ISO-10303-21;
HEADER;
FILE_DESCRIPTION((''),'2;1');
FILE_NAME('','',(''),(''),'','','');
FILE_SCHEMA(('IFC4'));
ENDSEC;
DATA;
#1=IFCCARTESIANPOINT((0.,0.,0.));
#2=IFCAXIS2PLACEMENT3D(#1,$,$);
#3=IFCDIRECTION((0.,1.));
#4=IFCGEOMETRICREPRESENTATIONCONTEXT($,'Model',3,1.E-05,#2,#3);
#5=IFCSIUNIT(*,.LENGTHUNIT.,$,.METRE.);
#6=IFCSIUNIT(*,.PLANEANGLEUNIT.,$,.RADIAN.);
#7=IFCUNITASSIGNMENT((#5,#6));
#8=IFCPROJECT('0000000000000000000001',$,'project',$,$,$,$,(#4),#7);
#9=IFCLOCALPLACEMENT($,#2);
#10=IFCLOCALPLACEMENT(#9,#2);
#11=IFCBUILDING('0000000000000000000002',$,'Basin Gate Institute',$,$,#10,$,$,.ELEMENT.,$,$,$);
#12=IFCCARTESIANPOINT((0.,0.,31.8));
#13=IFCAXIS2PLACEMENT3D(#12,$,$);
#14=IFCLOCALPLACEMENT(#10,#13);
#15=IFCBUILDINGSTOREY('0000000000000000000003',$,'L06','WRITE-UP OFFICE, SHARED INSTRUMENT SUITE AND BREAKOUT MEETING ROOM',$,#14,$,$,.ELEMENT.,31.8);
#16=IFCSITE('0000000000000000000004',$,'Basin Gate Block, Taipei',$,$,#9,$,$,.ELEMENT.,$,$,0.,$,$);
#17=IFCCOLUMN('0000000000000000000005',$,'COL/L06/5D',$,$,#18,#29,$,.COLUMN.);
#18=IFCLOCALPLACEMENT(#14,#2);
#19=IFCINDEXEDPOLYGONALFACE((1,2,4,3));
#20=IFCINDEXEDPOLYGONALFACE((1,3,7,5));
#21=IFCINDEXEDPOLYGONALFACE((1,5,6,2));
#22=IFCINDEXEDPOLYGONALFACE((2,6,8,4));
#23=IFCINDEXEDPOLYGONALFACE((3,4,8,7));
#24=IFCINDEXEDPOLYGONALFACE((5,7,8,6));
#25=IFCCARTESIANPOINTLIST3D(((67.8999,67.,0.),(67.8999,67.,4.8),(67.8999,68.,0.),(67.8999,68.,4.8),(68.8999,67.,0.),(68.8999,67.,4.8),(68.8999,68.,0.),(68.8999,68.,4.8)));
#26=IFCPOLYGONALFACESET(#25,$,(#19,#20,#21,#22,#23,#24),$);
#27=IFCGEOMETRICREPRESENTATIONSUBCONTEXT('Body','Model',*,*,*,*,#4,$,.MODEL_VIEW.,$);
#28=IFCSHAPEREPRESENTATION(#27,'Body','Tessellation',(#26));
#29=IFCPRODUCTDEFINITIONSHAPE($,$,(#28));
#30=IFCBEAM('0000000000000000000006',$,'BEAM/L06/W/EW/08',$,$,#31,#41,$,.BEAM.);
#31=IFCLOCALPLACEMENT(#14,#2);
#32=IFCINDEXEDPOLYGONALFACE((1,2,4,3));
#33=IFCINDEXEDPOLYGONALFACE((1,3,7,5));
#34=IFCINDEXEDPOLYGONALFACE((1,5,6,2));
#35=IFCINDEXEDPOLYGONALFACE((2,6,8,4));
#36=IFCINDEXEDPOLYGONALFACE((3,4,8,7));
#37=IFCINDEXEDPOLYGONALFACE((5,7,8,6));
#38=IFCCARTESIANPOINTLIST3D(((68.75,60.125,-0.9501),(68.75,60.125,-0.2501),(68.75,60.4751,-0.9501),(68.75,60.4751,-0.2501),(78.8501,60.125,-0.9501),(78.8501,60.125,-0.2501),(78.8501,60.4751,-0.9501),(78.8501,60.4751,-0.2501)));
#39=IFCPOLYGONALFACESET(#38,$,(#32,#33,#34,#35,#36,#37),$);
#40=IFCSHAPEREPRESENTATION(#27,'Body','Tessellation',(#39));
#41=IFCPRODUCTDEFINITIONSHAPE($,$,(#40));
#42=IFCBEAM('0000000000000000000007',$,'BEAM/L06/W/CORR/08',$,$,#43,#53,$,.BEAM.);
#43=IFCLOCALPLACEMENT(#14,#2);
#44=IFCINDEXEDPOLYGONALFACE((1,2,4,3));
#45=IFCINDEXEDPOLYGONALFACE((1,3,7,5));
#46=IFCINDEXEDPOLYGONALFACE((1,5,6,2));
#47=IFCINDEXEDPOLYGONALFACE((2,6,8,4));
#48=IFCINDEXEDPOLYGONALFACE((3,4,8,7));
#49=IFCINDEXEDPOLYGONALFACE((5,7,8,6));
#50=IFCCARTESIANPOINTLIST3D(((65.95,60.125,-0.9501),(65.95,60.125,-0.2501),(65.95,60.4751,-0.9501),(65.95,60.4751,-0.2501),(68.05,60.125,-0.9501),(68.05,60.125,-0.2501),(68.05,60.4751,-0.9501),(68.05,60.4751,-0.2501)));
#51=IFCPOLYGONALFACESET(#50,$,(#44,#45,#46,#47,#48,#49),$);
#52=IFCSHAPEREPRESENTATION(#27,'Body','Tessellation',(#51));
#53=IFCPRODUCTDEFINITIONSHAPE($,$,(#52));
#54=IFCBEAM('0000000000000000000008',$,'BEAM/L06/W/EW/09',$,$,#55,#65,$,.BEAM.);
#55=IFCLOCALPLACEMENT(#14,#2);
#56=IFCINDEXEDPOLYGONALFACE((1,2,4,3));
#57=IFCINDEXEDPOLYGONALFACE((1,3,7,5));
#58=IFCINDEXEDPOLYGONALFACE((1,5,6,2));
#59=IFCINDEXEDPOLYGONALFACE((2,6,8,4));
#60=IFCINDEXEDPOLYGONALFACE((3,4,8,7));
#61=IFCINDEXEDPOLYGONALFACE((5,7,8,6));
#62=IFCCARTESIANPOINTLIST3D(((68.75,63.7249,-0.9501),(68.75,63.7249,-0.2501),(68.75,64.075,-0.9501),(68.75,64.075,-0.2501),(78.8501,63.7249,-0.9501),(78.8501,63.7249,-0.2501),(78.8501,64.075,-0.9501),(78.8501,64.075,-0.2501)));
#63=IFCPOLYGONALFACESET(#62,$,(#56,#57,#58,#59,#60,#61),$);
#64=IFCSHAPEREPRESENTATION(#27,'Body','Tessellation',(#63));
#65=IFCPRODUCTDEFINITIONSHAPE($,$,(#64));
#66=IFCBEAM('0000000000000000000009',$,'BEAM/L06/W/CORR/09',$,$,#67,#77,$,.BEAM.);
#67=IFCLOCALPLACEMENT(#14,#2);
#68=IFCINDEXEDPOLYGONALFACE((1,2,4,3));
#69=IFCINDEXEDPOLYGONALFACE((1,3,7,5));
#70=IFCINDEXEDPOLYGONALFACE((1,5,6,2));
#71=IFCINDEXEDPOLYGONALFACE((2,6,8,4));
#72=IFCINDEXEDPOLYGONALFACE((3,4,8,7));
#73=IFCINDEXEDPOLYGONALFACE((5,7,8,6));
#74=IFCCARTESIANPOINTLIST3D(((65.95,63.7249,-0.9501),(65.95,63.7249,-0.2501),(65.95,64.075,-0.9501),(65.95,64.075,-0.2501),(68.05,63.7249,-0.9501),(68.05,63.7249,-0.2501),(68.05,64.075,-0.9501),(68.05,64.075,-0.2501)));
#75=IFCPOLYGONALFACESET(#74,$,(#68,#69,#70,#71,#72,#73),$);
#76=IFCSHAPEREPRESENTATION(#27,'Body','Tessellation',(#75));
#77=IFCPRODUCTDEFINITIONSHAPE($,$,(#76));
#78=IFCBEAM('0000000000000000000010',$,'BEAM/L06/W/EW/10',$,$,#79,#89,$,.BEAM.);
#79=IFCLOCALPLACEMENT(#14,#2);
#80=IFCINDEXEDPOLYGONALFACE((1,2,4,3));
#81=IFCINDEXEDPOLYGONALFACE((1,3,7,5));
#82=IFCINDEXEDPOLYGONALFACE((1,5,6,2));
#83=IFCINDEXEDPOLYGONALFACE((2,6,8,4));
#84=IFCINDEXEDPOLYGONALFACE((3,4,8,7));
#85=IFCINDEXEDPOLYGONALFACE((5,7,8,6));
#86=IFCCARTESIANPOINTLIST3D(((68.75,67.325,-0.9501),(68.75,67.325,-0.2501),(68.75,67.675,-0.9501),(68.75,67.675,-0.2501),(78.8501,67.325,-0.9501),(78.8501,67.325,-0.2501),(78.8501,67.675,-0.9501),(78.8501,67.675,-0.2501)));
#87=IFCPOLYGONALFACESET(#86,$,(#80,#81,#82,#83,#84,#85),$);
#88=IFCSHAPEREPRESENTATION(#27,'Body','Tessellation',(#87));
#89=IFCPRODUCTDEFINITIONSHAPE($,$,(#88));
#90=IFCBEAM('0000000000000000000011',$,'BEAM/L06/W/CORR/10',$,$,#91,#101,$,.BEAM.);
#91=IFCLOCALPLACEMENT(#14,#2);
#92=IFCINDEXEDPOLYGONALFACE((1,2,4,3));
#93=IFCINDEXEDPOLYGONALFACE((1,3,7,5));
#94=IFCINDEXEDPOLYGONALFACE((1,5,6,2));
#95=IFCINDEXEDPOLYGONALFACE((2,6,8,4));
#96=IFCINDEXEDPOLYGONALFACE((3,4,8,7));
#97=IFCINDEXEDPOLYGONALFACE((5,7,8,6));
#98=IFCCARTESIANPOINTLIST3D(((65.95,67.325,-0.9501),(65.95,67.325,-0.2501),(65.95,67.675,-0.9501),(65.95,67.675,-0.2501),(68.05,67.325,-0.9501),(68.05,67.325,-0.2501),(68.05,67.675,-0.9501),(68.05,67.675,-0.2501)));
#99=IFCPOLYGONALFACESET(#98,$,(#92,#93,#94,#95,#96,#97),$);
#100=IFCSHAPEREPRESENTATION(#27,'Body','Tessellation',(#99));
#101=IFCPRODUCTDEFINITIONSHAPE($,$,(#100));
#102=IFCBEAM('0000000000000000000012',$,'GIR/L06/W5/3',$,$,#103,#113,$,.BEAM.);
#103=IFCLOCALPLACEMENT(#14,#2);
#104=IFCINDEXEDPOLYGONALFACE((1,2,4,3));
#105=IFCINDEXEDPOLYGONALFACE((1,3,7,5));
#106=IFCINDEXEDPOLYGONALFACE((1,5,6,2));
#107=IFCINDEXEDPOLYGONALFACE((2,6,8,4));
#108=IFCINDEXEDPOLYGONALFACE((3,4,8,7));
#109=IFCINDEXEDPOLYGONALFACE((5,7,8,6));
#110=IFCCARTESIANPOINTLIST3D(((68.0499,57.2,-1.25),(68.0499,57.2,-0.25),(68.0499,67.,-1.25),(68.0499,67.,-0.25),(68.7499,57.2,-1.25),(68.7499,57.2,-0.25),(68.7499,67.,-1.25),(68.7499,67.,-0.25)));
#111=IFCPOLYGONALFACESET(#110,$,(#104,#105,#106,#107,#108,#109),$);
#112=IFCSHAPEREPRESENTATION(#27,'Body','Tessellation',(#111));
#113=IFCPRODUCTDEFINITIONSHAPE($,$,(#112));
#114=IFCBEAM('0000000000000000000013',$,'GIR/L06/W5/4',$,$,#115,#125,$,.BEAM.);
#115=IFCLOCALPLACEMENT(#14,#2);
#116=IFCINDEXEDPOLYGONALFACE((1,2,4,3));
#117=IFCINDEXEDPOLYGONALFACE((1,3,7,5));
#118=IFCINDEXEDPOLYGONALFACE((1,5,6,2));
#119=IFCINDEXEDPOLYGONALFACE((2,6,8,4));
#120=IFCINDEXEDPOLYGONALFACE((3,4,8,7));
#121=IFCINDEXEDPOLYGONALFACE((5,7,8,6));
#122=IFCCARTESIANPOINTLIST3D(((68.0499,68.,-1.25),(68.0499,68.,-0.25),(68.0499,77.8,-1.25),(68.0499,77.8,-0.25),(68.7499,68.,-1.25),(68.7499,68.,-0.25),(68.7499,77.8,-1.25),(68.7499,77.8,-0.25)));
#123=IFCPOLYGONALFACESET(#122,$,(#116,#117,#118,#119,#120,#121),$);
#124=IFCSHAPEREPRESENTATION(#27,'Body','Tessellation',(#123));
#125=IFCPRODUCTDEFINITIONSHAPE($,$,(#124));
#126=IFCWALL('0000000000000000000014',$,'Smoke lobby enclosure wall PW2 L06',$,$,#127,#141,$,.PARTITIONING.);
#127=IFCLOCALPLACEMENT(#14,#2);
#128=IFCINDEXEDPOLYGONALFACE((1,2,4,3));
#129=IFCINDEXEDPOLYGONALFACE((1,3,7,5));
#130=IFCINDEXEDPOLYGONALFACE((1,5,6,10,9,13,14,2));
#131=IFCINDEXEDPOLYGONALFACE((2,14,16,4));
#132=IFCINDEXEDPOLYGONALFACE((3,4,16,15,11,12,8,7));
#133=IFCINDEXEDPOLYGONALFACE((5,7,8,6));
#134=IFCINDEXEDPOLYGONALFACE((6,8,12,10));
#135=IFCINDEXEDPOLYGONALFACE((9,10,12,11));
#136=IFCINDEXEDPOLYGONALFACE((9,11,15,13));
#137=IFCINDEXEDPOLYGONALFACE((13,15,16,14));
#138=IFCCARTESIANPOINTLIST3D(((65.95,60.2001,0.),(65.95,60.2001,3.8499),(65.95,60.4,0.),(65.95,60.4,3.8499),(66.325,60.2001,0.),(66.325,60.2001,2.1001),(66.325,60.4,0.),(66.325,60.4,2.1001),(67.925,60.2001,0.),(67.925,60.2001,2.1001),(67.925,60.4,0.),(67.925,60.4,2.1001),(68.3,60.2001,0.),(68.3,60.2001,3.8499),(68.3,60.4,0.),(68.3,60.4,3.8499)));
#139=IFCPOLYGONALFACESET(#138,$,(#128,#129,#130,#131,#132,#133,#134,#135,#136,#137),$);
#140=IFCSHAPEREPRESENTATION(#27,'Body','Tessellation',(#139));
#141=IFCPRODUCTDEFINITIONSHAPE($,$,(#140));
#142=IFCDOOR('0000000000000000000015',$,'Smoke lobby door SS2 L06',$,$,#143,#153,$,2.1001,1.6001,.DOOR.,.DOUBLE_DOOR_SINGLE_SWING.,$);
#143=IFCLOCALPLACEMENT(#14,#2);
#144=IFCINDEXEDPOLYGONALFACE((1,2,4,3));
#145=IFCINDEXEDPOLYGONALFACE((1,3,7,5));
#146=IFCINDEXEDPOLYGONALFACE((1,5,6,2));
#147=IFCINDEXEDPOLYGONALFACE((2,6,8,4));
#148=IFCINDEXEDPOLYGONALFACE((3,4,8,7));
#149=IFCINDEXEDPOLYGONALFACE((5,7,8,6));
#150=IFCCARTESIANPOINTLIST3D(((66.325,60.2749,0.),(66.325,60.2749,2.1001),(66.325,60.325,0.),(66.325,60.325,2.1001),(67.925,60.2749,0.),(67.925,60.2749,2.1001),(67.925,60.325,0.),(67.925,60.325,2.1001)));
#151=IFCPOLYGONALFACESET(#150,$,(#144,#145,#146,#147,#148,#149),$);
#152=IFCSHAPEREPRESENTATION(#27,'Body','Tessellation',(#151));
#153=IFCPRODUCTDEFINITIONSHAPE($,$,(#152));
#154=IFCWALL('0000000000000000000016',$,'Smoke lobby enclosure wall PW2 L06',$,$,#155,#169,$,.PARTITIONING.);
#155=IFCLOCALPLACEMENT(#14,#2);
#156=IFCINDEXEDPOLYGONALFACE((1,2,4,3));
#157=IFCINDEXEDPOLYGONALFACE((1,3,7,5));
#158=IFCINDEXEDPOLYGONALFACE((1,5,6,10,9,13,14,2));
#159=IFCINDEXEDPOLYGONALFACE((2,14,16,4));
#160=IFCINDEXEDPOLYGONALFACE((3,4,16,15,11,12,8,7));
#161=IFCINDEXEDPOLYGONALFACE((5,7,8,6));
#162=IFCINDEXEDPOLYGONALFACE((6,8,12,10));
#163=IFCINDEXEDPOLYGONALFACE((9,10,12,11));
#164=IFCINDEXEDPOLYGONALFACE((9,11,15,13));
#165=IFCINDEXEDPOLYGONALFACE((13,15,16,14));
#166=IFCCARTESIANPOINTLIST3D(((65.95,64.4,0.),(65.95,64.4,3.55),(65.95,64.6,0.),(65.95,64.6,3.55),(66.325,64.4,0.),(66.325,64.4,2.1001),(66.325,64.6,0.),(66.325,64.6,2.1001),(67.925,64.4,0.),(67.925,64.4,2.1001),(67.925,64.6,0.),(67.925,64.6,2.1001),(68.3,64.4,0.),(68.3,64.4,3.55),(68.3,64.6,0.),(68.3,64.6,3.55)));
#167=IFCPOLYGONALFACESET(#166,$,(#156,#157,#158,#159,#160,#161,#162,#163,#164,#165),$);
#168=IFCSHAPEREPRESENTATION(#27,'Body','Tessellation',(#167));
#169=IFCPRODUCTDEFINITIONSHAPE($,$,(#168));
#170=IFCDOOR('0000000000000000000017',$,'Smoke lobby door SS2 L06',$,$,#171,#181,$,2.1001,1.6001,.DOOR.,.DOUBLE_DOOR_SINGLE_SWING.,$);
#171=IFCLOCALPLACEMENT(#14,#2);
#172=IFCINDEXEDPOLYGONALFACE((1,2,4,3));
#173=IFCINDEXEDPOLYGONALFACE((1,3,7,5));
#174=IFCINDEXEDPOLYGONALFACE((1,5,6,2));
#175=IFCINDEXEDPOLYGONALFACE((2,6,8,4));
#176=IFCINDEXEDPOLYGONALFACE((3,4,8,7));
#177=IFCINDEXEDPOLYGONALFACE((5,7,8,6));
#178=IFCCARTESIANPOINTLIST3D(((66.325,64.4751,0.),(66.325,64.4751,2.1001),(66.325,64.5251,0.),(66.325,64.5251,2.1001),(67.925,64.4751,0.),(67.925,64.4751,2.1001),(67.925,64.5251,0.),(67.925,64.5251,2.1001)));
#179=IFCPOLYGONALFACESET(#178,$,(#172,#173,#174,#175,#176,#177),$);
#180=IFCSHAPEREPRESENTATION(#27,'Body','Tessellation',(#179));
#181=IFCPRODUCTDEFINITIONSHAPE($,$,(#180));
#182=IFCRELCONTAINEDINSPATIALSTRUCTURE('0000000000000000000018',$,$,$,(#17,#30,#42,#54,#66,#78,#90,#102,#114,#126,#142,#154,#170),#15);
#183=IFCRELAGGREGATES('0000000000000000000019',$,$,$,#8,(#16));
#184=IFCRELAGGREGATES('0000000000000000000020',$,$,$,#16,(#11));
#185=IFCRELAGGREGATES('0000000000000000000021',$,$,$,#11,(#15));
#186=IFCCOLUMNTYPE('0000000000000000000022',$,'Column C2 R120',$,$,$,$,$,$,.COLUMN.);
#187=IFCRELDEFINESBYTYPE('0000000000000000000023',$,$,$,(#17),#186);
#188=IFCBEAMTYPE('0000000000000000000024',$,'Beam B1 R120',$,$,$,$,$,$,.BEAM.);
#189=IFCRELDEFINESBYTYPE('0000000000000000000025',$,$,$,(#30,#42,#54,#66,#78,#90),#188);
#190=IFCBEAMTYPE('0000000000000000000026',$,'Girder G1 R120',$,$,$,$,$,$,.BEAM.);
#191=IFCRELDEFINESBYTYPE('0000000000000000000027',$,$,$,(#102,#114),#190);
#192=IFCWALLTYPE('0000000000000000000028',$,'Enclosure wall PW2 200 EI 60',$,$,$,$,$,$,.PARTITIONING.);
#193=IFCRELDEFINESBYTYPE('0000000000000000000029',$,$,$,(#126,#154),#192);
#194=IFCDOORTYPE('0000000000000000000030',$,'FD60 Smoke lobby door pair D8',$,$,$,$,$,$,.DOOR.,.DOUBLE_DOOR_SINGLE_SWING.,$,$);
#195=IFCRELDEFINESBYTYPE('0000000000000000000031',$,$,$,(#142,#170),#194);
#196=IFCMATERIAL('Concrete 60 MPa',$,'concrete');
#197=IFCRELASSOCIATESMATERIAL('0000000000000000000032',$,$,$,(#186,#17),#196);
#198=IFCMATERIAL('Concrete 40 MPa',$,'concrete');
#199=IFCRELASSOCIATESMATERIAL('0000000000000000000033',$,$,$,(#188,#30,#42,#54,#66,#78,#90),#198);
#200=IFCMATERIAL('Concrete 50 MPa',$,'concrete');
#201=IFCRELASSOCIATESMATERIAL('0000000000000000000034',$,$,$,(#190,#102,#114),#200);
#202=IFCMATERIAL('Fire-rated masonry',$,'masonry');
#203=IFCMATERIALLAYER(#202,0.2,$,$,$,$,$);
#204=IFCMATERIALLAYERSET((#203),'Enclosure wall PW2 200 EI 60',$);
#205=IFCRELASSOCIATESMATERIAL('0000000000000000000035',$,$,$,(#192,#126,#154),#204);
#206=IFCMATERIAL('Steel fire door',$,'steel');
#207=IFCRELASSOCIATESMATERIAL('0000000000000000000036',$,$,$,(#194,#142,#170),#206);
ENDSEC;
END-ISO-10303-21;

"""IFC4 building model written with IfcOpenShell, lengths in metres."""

from ifc_helpers import new_model, si_unit, direction, frame, frame_2d, origin, origin_2d, place, context, subcontext, project, spatial, rectangle, extrude, material, layer, layer_set, material_profile, profile_set, type_object, element, fill, save


model = new_model("IFC4")

# Units and contexts
model_context = context("Model", 3, precision=1e-05, world=origin(), true_north=direction((0.0, 1.0)))
body_context = subcontext(model_context, "Body", "Model", "MODEL_VIEW")
ifc_project = project(units=[si_unit("LENGTHUNIT", "METRE"), si_unit("PLANEANGLEUNIT", "RADIAN")], contexts=[model_context])

# Site, building, storey
site_placement = place(None, origin())
site = spatial("IfcSite", under=ifc_project, at=site_placement, Name="Basin Gate Block, Taipei", CompositionType="ELEMENT", RefElevation=0.0)
building_placement = place(site_placement, origin())
building = spatial("IfcBuilding", under=site, at=building_placement, Name="Basin Gate Institute", CompositionType="ELEMENT")
storey_placement = place(building_placement, frame((0.0, 0.0, 31.8)))
storey = spatial("IfcBuildingStorey", under=building, at=storey_placement, Name="L06", Description="WRITE-UP OFFICE, SHARED INSTRUMENT SUITE AND BREAKOUT MEETING ROOM", CompositionType="ELEMENT", Elevation=31.8)

# Column
ifc_material_1 = material(Name="Concrete 60 MPa", Category="concrete")
ifc_material_profile_1 = material_profile(ifc_material_1, rectangle(XDim=1.0, YDim=1.0, at=origin_2d()), Name="Column C2 1000 x 1000")
ifc_profile_set_1 = profile_set([ifc_material_profile_1], Name="Concrete 60 MPa")
column_type = type_object("IfcColumnType", Name="Column C2 R120", PredefinedType="COLUMN", material=ifc_profile_set_1)
column_placement = place(storey_placement, frame((68.3999, 67.5, 0.0), z_axis=(0.0, 0.0, 1.0), x_axis=(1.0, 0.0, 0.0)))
element("IfcColumn", 1, at=column_placement, inside=storey, type_object=column_type, material=ifc_profile_set_1, Name="COL/L06/5D", PredefinedType="COLUMN", context=body_context, shape_type="SweptSolid", body=[
    extrude(rectangle(XDim=1.0, YDim=1.0, at=origin_2d()), origin(), (0.0, 0.0, 1.0), 4.8),
])

# Beams
ifc_material_2 = material(Name="Concrete 40 MPa", Category="concrete")
ifc_material_profile_2 = material_profile(ifc_material_2, rectangle(XDim=0.3501, YDim=0.7, at=origin_2d()), Name="Beam B1 350 x 700")
ifc_profile_set_2 = profile_set([ifc_material_profile_2], Name="Concrete 40 MPa")
beam_type_1 = type_object("IfcBeamType", Name="Beam B1 R120", PredefinedType="BEAM", material=ifc_profile_set_2)
beam_1_placement = place(storey_placement, frame((68.75, 60.3, -0.6001), z_axis=(1.0, 0.0, 0.0), x_axis=(0.0, 1.0, 0.0)))
element("IfcBeam", 2, at=beam_1_placement, inside=storey, type_object=beam_type_1, material=ifc_profile_set_2, Name="BEAM/L06/W/EW/08", PredefinedType="BEAM", context=body_context, shape_type="SweptSolid", body=[
    extrude(rectangle(XDim=0.3501, YDim=0.7, at=origin_2d()), origin(), (0.0, 0.0, 1.0), 10.1001),
])
beam_2_placement = place(storey_placement, frame((65.95, 60.3, -0.6001), z_axis=(1.0, 0.0, 0.0), x_axis=(0.0, 1.0, 0.0)))
element("IfcBeam", 3, at=beam_2_placement, inside=storey, type_object=beam_type_1, material=ifc_profile_set_2, Name="BEAM/L06/W/CORR/08", PredefinedType="BEAM", context=body_context, shape_type="SweptSolid", body=[
    extrude(rectangle(XDim=0.3501, YDim=0.7, at=origin_2d()), origin(), (0.0, 0.0, 1.0), 2.1001),
])
beam_3_placement = place(storey_placement, frame((68.75, 63.8999, -0.6001), z_axis=(1.0, 0.0, 0.0), x_axis=(0.0, 1.0, 0.0)))
element("IfcBeam", 4, at=beam_3_placement, inside=storey, type_object=beam_type_1, material=ifc_profile_set_2, Name="BEAM/L06/W/EW/09", PredefinedType="BEAM", context=body_context, shape_type="SweptSolid", body=[
    extrude(rectangle(XDim=0.3501, YDim=0.7, at=origin_2d()), origin(), (0.0, 0.0, 1.0), 10.1001),
])
beam_4_placement = place(storey_placement, frame((65.95, 63.8999, -0.6001), z_axis=(1.0, 0.0, 0.0), x_axis=(0.0, 1.0, 0.0)))
element("IfcBeam", 5, at=beam_4_placement, inside=storey, type_object=beam_type_1, material=ifc_profile_set_2, Name="BEAM/L06/W/CORR/09", PredefinedType="BEAM", context=body_context, shape_type="SweptSolid", body=[
    extrude(rectangle(XDim=0.3501, YDim=0.7, at=origin_2d()), origin(), (0.0, 0.0, 1.0), 2.1001),
])
beam_5_placement = place(storey_placement, frame((68.75, 67.5, -0.6001), z_axis=(1.0, 0.0, 0.0), x_axis=(0.0, 1.0, 0.0)))
element("IfcBeam", 6, at=beam_5_placement, inside=storey, type_object=beam_type_1, material=ifc_profile_set_2, Name="BEAM/L06/W/EW/10", PredefinedType="BEAM", context=body_context, shape_type="SweptSolid", body=[
    extrude(rectangle(XDim=0.3501, YDim=0.7, at=origin_2d()), origin(), (0.0, 0.0, 1.0), 10.1001),
])
beam_6_placement = place(storey_placement, frame((65.95, 67.5, -0.6001), z_axis=(1.0, 0.0, 0.0), x_axis=(0.0, 1.0, 0.0)))
element("IfcBeam", 7, at=beam_6_placement, inside=storey, type_object=beam_type_1, material=ifc_profile_set_2, Name="BEAM/L06/W/CORR/10", PredefinedType="BEAM", context=body_context, shape_type="SweptSolid", body=[
    extrude(rectangle(XDim=0.3501, YDim=0.7, at=origin_2d()), origin(), (0.0, 0.0, 1.0), 2.1001),
])
ifc_material_3 = material(Name="Concrete 50 MPa", Category="concrete")
ifc_material_profile_3 = material_profile(ifc_material_3, rectangle(XDim=0.7, YDim=1.0, at=origin_2d()), Name="Girder G1 700 x 1000")
ifc_profile_set_3 = profile_set([ifc_material_profile_3], Name="Concrete 50 MPa")
beam_type_2 = type_object("IfcBeamType", Name="Girder G1 R120", PredefinedType="BEAM", material=ifc_profile_set_3)
for number, where, z_axis, x_axis, name in (
    (8, (68.3999, 57.2, -0.75), (0.0, 1.0, 0.0), (-1.0, 0.0, 0.0), "GIR/L06/W5/3"),
    (9, (68.3999, 68.0, -0.75), (0.0, 1.0, 0.0), (-1.0, 0.0, 0.0), "GIR/L06/W5/4"),
):
    element("IfcBeam", number, at=place(storey_placement, frame(where, z_axis=z_axis, x_axis=x_axis)), inside=storey, type_object=beam_type_2, material=ifc_profile_set_3, Name=name, PredefinedType="BEAM", context=body_context, shape_type="SweptSolid", body=[
        extrude(rectangle(XDim=0.7, YDim=1.0, at=origin_2d()), origin(), (0.0, 0.0, 1.0), 9.8),
    ])

# Walls, openings, doors
ifc_material_4 = material(Name="Fire-rated masonry", Category="masonry")
ifc_layer_1 = layer(ifc_material_4, 0.2)
ifc_layer_set_1 = layer_set([ifc_layer_1], Name="Enclosure wall PW2 200 EI 60")
wall_type_1 = type_object("IfcWallType", Name="Enclosure wall PW2 200 EI 60", PredefinedType="PARTITIONING", material=ifc_layer_set_1)
wall_1_placement = place(storey_placement, frame((65.95, 60.3, 0.0), z_axis=(0.0, 0.0, 1.0), x_axis=(1.0, 0.0, 0.0)))
wall_1 = element("IfcWall", 10, at=wall_1_placement, inside=storey, type_object=wall_type_1, material=ifc_layer_set_1, Name="Smoke lobby enclosure wall PW2 L06", PredefinedType="PARTITIONING", context=body_context, shape_type="SweptSolid", body=[
    extrude(rectangle(XDim=2.3501, YDim=0.2, at=frame_2d((1.175, 0.0))), origin(), (0.0, 0.0, 1.0), 3.8499),
])
opening_1_placement = place(wall_1_placement, frame((0.375, 0.0, 0.0)))
opening_1 = element("IfcOpeningElement", 11, at=opening_1_placement, cuts=wall_1, PredefinedType="OPENING", context=body_context, shape_type="SweptSolid", body=[
    extrude(rectangle(XDim=1.6001, YDim=2.1001, at=frame_2d((0.8, 1.05))), frame((0.0, 0.1099, 0.0), z_axis=(0.0, -1.0, 0.0), x_axis=(1.0, 0.0, 0.0)), (0.0, 0.0, 1.0), 0.22),
])
ifc_material_5 = material(Name="Steel fire door", Category="steel")
door_type_1 = type_object("IfcDoorType", Name="FD60 Smoke lobby door pair D8", OperationType="DOUBLE_DOOR_SINGLE_SWING", PredefinedType="DOOR", material=ifc_material_5)
door_1_placement = place(opening_1_placement, origin())
door_1 = element("IfcDoor", 12, at=door_1_placement, inside=storey, type_object=door_type_1, material=ifc_material_5, Name="Smoke lobby door SS2 L06", OperationType="DOUBLE_DOOR_SINGLE_SWING", OverallHeight=2.1001, OverallWidth=1.6001, PredefinedType="DOOR", context=body_context, shape_type="SweptSolid", body=[
    extrude(rectangle(XDim=1.6001, YDim=2.1001, at=frame_2d((0.8, 1.05))), frame((0.0, 0.0249, 0.0), z_axis=(0.0, -1.0, 0.0), x_axis=(1.0, 0.0, 0.0)), (0.0, 0.0, 1.0), 0.05),
])
fill(opening_1, door_1)
wall_2_placement = place(storey_placement, frame((65.95, 64.5, 0.0), z_axis=(0.0, 0.0, 1.0), x_axis=(1.0, 0.0, 0.0)))
wall_2 = element("IfcWall", 13, at=wall_2_placement, inside=storey, type_object=wall_type_1, material=ifc_layer_set_1, Name="Smoke lobby enclosure wall PW2 L06", PredefinedType="PARTITIONING", context=body_context, shape_type="SweptSolid", body=[
    extrude(rectangle(XDim=2.3501, YDim=0.2, at=frame_2d((1.175, 0.0))), origin(), (0.0, 0.0, 1.0), 3.55),
])
opening_2_placement = place(wall_2_placement, frame((0.375, 0.0, 0.0)))
opening_2 = element("IfcOpeningElement", 14, at=opening_2_placement, cuts=wall_2, PredefinedType="OPENING", context=body_context, shape_type="SweptSolid", body=[
    extrude(rectangle(XDim=1.6001, YDim=2.1001, at=frame_2d((0.8, 1.05))), frame((0.0, 0.1099, 0.0), z_axis=(0.0, -1.0, 0.0), x_axis=(1.0, 0.0, 0.0)), (0.0, 0.0, 1.0), 0.22),
])
door_2_placement = place(opening_2_placement, frame((1.6001, 0.0, 0.0), z_axis=(0.0, 0.0, 1.0), x_axis=(-1.0, 0.0, 0.0)))
door_2 = element("IfcDoor", 15, at=door_2_placement, inside=storey, type_object=door_type_1, material=ifc_material_5, Name="Smoke lobby door SS2 L06", OperationType="DOUBLE_DOOR_SINGLE_SWING", OverallHeight=2.1001, OverallWidth=1.6001, PredefinedType="DOOR", context=body_context, shape_type="SweptSolid", body=[
    extrude(rectangle(XDim=1.6001, YDim=2.1001, at=frame_2d((0.8, 1.05))), frame((0.0, 0.0249, 0.0), z_axis=(0.0, -1.0, 0.0), x_axis=(1.0, 0.0, 0.0)), (0.0, 0.0, 1.0), 0.05),
])
fill(opening_2, door_2)

save(model, "model.ifc")
